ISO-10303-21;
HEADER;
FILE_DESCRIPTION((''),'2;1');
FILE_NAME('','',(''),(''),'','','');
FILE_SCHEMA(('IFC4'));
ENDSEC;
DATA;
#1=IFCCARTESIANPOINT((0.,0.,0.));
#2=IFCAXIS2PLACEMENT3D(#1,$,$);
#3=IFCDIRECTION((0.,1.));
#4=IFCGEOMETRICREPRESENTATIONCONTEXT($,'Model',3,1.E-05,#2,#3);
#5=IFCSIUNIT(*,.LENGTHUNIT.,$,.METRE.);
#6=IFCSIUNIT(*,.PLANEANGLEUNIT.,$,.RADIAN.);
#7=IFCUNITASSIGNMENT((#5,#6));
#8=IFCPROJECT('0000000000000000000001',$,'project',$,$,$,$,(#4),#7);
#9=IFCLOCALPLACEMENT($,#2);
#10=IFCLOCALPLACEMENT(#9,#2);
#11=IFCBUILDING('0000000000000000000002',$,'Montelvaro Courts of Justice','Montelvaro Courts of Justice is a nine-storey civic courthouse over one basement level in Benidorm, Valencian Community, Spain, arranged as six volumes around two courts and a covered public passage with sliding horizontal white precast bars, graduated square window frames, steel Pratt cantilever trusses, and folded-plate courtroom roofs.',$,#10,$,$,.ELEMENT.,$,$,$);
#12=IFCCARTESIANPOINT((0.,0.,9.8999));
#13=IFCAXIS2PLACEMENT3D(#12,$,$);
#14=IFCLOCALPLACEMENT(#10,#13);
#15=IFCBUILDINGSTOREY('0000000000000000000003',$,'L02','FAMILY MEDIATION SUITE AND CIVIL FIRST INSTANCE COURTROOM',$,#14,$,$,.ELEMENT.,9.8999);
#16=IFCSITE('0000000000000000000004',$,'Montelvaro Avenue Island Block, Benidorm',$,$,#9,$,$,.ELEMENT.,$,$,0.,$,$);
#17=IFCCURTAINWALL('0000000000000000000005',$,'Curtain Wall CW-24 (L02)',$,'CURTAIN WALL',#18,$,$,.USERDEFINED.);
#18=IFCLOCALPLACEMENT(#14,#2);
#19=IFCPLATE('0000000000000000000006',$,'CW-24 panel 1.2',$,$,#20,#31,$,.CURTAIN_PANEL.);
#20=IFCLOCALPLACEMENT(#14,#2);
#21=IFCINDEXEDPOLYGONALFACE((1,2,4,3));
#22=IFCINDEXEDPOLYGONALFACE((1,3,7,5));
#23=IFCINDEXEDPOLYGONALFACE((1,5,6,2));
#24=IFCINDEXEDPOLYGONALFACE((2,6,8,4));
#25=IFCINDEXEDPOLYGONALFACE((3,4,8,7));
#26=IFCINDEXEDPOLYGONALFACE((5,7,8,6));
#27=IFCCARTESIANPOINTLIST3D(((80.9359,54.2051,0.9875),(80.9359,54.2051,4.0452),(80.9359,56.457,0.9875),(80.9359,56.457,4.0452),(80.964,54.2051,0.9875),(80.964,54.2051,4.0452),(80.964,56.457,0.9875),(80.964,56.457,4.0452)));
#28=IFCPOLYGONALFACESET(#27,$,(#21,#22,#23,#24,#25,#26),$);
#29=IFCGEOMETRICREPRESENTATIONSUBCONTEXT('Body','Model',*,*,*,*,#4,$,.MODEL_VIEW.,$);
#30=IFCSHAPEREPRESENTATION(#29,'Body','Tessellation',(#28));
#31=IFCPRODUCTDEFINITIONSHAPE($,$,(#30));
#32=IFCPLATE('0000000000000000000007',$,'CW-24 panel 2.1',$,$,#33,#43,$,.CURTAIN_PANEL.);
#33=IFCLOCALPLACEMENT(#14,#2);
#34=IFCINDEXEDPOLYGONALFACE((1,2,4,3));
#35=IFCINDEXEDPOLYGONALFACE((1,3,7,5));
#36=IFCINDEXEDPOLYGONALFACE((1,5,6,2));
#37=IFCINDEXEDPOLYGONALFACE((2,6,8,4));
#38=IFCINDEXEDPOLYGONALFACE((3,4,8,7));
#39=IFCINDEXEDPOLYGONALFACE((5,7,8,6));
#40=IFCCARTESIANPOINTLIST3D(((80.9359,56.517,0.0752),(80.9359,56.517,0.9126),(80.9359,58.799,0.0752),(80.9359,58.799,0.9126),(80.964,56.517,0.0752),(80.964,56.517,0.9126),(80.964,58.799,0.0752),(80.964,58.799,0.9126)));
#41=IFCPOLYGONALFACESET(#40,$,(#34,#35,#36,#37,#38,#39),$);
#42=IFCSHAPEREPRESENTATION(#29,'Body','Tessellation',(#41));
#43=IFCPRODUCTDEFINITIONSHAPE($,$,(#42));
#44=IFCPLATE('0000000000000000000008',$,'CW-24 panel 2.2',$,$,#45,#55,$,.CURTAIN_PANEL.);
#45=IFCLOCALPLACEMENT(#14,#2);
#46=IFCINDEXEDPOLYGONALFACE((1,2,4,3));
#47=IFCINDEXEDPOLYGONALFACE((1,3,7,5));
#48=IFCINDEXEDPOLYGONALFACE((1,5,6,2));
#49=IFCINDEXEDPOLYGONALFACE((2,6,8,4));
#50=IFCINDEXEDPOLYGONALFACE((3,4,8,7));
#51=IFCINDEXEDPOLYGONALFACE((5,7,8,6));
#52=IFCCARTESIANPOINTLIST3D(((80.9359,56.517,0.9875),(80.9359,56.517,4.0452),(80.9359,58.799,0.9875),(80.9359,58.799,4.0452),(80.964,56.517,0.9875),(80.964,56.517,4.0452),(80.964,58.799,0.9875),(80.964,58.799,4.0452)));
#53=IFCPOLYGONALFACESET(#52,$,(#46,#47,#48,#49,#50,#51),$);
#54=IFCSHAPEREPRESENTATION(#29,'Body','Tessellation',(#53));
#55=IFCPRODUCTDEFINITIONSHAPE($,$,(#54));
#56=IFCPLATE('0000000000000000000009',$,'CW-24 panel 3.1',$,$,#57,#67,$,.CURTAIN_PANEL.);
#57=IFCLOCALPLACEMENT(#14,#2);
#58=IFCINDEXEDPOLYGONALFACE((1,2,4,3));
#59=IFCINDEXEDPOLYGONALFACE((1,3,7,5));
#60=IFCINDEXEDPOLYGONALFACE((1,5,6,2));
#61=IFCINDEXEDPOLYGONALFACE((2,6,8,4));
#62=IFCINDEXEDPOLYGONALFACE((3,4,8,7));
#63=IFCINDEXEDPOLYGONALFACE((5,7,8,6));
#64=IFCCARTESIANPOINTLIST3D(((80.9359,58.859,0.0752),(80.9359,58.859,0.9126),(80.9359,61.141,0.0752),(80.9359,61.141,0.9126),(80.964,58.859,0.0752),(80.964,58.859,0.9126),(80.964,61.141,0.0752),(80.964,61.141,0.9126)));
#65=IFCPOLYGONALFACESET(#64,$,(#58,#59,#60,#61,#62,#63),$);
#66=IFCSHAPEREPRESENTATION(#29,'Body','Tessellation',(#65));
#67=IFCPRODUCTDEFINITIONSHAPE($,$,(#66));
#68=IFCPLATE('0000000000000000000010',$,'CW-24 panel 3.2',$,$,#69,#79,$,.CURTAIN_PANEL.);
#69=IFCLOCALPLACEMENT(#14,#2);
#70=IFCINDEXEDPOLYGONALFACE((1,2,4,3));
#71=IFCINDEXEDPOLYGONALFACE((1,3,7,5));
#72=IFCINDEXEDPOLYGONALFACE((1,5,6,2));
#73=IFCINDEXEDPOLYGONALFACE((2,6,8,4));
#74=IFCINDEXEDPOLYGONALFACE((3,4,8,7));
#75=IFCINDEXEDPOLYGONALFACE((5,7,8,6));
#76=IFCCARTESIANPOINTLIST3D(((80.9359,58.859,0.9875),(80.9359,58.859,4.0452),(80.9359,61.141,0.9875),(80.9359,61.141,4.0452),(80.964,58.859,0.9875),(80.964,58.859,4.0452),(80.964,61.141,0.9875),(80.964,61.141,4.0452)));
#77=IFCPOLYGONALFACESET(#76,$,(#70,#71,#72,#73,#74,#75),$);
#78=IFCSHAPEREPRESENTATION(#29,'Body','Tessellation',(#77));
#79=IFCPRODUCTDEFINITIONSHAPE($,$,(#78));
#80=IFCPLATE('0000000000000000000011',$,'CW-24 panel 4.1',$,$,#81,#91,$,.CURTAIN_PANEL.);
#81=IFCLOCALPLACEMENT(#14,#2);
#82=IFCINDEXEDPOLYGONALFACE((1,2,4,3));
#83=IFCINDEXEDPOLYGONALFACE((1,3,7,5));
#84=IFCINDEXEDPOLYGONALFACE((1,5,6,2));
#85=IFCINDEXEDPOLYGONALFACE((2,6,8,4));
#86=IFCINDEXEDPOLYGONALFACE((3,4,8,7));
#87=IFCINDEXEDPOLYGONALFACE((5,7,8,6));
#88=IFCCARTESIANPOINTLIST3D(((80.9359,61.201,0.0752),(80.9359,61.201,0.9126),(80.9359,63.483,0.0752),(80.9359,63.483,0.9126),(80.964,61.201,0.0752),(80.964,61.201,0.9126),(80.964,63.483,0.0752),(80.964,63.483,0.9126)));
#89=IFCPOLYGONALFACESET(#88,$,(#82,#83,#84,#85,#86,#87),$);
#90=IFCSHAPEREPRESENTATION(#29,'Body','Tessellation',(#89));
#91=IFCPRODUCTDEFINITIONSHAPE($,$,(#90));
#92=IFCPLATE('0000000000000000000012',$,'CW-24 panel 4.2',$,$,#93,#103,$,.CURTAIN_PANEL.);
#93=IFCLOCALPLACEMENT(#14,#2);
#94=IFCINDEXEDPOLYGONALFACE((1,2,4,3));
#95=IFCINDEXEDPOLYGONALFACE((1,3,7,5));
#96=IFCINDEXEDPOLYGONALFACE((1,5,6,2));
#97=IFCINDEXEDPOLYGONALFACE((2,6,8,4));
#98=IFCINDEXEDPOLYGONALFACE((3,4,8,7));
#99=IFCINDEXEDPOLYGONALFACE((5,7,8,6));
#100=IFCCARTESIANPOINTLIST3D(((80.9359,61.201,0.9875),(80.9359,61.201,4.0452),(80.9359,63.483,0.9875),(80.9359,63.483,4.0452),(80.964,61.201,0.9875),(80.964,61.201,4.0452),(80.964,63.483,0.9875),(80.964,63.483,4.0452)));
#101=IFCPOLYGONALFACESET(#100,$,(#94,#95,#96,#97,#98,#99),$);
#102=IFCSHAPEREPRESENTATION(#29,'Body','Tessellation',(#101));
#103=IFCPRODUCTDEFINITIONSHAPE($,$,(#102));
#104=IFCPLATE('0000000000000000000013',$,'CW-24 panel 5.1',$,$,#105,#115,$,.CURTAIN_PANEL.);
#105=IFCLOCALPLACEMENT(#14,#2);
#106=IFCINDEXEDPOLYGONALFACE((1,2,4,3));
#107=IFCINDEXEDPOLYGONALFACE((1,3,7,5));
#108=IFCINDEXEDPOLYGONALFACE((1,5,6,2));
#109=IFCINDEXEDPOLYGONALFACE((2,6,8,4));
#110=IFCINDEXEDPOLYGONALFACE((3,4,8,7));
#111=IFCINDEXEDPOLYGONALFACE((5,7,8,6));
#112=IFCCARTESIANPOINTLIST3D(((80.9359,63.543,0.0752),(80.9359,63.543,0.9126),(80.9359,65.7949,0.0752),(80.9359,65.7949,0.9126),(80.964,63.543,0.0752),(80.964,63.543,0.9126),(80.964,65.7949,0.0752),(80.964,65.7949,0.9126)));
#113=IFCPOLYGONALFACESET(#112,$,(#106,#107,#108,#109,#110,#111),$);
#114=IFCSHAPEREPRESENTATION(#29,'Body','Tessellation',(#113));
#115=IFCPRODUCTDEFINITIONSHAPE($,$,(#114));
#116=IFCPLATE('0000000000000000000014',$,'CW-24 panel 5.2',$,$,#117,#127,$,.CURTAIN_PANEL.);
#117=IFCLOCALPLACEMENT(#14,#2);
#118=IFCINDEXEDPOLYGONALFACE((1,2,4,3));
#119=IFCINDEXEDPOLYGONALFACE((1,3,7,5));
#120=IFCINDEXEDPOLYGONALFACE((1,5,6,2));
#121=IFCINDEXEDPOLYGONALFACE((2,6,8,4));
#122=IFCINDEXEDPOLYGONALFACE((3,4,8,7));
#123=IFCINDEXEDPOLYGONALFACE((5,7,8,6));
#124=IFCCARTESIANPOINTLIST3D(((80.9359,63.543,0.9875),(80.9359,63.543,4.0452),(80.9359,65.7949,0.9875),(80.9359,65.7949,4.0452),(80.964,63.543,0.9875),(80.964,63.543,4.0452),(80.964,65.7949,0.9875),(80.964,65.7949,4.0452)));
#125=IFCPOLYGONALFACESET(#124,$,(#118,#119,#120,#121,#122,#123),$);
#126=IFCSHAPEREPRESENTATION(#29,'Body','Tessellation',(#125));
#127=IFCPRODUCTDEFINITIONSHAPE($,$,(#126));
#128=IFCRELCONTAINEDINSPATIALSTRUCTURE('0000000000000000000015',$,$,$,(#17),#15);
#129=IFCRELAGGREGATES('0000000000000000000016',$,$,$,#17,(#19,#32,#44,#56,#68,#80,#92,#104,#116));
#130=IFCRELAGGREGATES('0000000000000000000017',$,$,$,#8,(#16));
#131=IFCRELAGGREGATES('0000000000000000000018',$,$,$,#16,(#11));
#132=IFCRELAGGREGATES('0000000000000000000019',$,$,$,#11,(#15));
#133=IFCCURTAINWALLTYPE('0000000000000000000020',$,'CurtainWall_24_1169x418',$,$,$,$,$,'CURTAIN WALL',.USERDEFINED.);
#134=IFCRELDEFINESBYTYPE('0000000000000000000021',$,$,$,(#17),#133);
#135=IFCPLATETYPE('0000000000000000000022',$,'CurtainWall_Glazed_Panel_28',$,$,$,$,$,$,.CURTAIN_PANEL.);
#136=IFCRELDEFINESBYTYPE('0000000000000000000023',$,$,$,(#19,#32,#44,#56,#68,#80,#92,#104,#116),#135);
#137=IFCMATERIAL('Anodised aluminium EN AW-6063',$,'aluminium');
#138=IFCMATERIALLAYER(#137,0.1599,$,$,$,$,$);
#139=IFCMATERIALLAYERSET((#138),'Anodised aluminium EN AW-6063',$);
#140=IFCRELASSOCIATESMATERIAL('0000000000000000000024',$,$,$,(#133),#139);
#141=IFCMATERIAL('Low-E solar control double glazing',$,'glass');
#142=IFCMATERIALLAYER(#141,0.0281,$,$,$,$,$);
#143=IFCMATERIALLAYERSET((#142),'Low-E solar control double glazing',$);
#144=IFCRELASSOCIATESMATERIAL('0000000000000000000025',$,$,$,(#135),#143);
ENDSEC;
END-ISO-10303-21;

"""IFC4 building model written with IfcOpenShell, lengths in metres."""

from ifc_helpers import new_model, si_unit, direction, frame, origin, origin_2d, place, context, subcontext, project, spatial, rectangle, extrude, material, layer, layer_set, type_object, element, aggregate, save


model = new_model("IFC4")

# Units and contexts
model_context = context("Model", 3, precision=1e-05, world=origin(), true_north=direction((0.0, 1.0)))
body_context = subcontext(model_context, "Body", "Model", "MODEL_VIEW")
ifc_project = project(units=[si_unit("LENGTHUNIT", "METRE"), si_unit("PLANEANGLEUNIT", "RADIAN")], contexts=[model_context])

# Site, building, storey
site_placement = place(None, origin())
site = spatial("IfcSite", under=ifc_project, at=site_placement, Name="Montelvaro Avenue Island Block, Benidorm", CompositionType="ELEMENT", RefElevation=0.0)
building_placement = place(site_placement, origin())
building = spatial("IfcBuilding", under=site, at=building_placement, Name="Montelvaro Courts of Justice", Description="Montelvaro Courts of Justice is a nine-storey civic courthouse over one basement level in Benidorm, Valencian Community, Spain, arranged as six volumes around two courts and a covered public passage with sliding horizontal white precast bars, graduated square window frames, steel Pratt cantilever trusses, and folded-plate courtroom roofs.", CompositionType="ELEMENT")
storey_placement = place(building_placement, frame((0.0, 0.0, 9.8999)))
storey = spatial("IfcBuildingStorey", under=building, at=storey_placement, Name="L02", Description="FAMILY MEDIATION SUITE AND CIVIL FIRST INSTANCE COURTROOM", CompositionType="ELEMENT", Elevation=9.8999)

# Curtain wall
ifc_material_1 = material(Name="Anodised aluminium EN AW-6063", Category="aluminium")
ifc_layer_1 = layer(ifc_material_1, 0.1599)
ifc_layer_set_1 = layer_set([ifc_layer_1], Name="Anodised aluminium EN AW-6063")
curtain_wall_type_1 = type_object("IfcCurtainWallType", Name="CurtainWall_24_1169x418", ElementType="CURTAIN WALL", PredefinedType="USERDEFINED", material=ifc_layer_set_1)
curtain_wall_1_placement = place(storey_placement, origin())
curtain_wall_1 = element("IfcCurtainWall", 1, at=curtain_wall_1_placement, inside=storey, type_object=curtain_wall_type_1, Name="Curtain Wall CW-24 (L02)", ObjectType="CURTAIN WALL", PredefinedType="USERDEFINED")

# Plates
ifc_material_2 = material(Name="Low-E solar control double glazing", Category="glass")
ifc_layer_2 = layer(ifc_material_2, 0.0281)
ifc_layer_set_2 = layer_set([ifc_layer_2], Name="Low-E solar control double glazing")
plate_type = type_object("IfcPlateType", Name="CurtainWall_Glazed_Panel_28", PredefinedType="CURTAIN_PANEL", material=ifc_layer_set_2)
plate_1_placement = place(storey_placement, frame((80.95, 55.3311, 0.9875), z_axis=(0.0, 0.0, 1.0), x_axis=(0.0, 1.0, 0.0)))
plate_1 = element("IfcPlate", 2, at=plate_1_placement, type_object=plate_type, Name="CW-24 panel 1.2", PredefinedType="CURTAIN_PANEL", context=body_context, shape_type="SweptSolid", body=[
    extrude(rectangle(XDim=2.252, YDim=0.0281, at=origin_2d()), origin(), (0.0, 0.0, 1.0), 3.0576),
])
plate_2_placement = place(storey_placement, frame((80.95, 57.658, 0.0752), z_axis=(0.0, 0.0, 1.0), x_axis=(0.0, 1.0, 0.0)))
plate_2 = element("IfcPlate", 3, at=plate_2_placement, type_object=plate_type, Name="CW-24 panel 2.1", PredefinedType="CURTAIN_PANEL", context=body_context, shape_type="SweptSolid", body=[
    extrude(rectangle(XDim=2.282, YDim=0.0281, at=origin_2d()), origin(), (0.0, 0.0, 1.0), 0.8374),
])
plate_3_placement = place(storey_placement, frame((80.95, 57.658, 0.9875), z_axis=(0.0, 0.0, 1.0), x_axis=(0.0, 1.0, 0.0)))
plate_3 = element("IfcPlate", 4, at=plate_3_placement, type_object=plate_type, Name="CW-24 panel 2.2", PredefinedType="CURTAIN_PANEL", context=body_context, shape_type="SweptSolid", body=[
    extrude(rectangle(XDim=2.282, YDim=0.0281, at=origin_2d()), origin(), (0.0, 0.0, 1.0), 3.0576),
])
plate_4_placement = place(storey_placement, frame((80.95, 60.0, 0.0752), z_axis=(0.0, 0.0, 1.0), x_axis=(0.0, 1.0, 0.0)))
plate_4 = element("IfcPlate", 5, at=plate_4_placement, type_object=plate_type, Name="CW-24 panel 3.1", PredefinedType="CURTAIN_PANEL", context=body_context, shape_type="SweptSolid", body=[
    extrude(rectangle(XDim=2.282, YDim=0.0281, at=origin_2d()), origin(), (0.0, 0.0, 1.0), 0.8374),
])
plate_5_placement = place(storey_placement, frame((80.95, 60.0, 0.9875), z_axis=(0.0, 0.0, 1.0), x_axis=(0.0, 1.0, 0.0)))
plate_5 = element("IfcPlate", 6, at=plate_5_placement, type_object=plate_type, Name="CW-24 panel 3.2", PredefinedType="CURTAIN_PANEL", context=body_context, shape_type="SweptSolid", body=[
    extrude(rectangle(XDim=2.282, YDim=0.0281, at=origin_2d()), origin(), (0.0, 0.0, 1.0), 3.0576),
])
plate_6_placement = place(storey_placement, frame((80.95, 62.342, 0.0752), z_axis=(0.0, 0.0, 1.0), x_axis=(0.0, 1.0, 0.0)))
plate_6 = element("IfcPlate", 7, at=plate_6_placement, type_object=plate_type, Name="CW-24 panel 4.1", PredefinedType="CURTAIN_PANEL", context=body_context, shape_type="SweptSolid", body=[
    extrude(rectangle(XDim=2.282, YDim=0.0281, at=origin_2d()), origin(), (0.0, 0.0, 1.0), 0.8374),
])
plate_7_placement = place(storey_placement, frame((80.95, 62.342, 0.9875), z_axis=(0.0, 0.0, 1.0), x_axis=(0.0, 1.0, 0.0)))
plate_7 = element("IfcPlate", 8, at=plate_7_placement, type_object=plate_type, Name="CW-24 panel 4.2", PredefinedType="CURTAIN_PANEL", context=body_context, shape_type="SweptSolid", body=[
    extrude(rectangle(XDim=2.282, YDim=0.0281, at=origin_2d()), origin(), (0.0, 0.0, 1.0), 3.0576),
])
plate_8_placement = place(storey_placement, frame((80.95, 64.6689, 0.0752), z_axis=(0.0, 0.0, 1.0), x_axis=(0.0, 1.0, 0.0)))
plate_8 = element("IfcPlate", 9, at=plate_8_placement, type_object=plate_type, Name="CW-24 panel 5.1", PredefinedType="CURTAIN_PANEL", context=body_context, shape_type="SweptSolid", body=[
    extrude(rectangle(XDim=2.252, YDim=0.0281, at=origin_2d()), origin(), (0.0, 0.0, 1.0), 0.8374),
])
plate_9_placement = place(storey_placement, frame((80.95, 64.6689, 0.9875), z_axis=(0.0, 0.0, 1.0), x_axis=(0.0, 1.0, 0.0)))
plate_9 = element("IfcPlate", 10, at=plate_9_placement, type_object=plate_type, Name="CW-24 panel 5.2", PredefinedType="CURTAIN_PANEL", context=body_context, shape_type="SweptSolid", body=[
    extrude(rectangle(XDim=2.252, YDim=0.0281, at=origin_2d()), origin(), (0.0, 0.0, 1.0), 3.0576),
])
aggregate(curtain_wall_1, [plate_1, plate_2, plate_3, plate_4, plate_5, plate_6, plate_7, plate_8, plate_9])

save(model, "model.ifc")
